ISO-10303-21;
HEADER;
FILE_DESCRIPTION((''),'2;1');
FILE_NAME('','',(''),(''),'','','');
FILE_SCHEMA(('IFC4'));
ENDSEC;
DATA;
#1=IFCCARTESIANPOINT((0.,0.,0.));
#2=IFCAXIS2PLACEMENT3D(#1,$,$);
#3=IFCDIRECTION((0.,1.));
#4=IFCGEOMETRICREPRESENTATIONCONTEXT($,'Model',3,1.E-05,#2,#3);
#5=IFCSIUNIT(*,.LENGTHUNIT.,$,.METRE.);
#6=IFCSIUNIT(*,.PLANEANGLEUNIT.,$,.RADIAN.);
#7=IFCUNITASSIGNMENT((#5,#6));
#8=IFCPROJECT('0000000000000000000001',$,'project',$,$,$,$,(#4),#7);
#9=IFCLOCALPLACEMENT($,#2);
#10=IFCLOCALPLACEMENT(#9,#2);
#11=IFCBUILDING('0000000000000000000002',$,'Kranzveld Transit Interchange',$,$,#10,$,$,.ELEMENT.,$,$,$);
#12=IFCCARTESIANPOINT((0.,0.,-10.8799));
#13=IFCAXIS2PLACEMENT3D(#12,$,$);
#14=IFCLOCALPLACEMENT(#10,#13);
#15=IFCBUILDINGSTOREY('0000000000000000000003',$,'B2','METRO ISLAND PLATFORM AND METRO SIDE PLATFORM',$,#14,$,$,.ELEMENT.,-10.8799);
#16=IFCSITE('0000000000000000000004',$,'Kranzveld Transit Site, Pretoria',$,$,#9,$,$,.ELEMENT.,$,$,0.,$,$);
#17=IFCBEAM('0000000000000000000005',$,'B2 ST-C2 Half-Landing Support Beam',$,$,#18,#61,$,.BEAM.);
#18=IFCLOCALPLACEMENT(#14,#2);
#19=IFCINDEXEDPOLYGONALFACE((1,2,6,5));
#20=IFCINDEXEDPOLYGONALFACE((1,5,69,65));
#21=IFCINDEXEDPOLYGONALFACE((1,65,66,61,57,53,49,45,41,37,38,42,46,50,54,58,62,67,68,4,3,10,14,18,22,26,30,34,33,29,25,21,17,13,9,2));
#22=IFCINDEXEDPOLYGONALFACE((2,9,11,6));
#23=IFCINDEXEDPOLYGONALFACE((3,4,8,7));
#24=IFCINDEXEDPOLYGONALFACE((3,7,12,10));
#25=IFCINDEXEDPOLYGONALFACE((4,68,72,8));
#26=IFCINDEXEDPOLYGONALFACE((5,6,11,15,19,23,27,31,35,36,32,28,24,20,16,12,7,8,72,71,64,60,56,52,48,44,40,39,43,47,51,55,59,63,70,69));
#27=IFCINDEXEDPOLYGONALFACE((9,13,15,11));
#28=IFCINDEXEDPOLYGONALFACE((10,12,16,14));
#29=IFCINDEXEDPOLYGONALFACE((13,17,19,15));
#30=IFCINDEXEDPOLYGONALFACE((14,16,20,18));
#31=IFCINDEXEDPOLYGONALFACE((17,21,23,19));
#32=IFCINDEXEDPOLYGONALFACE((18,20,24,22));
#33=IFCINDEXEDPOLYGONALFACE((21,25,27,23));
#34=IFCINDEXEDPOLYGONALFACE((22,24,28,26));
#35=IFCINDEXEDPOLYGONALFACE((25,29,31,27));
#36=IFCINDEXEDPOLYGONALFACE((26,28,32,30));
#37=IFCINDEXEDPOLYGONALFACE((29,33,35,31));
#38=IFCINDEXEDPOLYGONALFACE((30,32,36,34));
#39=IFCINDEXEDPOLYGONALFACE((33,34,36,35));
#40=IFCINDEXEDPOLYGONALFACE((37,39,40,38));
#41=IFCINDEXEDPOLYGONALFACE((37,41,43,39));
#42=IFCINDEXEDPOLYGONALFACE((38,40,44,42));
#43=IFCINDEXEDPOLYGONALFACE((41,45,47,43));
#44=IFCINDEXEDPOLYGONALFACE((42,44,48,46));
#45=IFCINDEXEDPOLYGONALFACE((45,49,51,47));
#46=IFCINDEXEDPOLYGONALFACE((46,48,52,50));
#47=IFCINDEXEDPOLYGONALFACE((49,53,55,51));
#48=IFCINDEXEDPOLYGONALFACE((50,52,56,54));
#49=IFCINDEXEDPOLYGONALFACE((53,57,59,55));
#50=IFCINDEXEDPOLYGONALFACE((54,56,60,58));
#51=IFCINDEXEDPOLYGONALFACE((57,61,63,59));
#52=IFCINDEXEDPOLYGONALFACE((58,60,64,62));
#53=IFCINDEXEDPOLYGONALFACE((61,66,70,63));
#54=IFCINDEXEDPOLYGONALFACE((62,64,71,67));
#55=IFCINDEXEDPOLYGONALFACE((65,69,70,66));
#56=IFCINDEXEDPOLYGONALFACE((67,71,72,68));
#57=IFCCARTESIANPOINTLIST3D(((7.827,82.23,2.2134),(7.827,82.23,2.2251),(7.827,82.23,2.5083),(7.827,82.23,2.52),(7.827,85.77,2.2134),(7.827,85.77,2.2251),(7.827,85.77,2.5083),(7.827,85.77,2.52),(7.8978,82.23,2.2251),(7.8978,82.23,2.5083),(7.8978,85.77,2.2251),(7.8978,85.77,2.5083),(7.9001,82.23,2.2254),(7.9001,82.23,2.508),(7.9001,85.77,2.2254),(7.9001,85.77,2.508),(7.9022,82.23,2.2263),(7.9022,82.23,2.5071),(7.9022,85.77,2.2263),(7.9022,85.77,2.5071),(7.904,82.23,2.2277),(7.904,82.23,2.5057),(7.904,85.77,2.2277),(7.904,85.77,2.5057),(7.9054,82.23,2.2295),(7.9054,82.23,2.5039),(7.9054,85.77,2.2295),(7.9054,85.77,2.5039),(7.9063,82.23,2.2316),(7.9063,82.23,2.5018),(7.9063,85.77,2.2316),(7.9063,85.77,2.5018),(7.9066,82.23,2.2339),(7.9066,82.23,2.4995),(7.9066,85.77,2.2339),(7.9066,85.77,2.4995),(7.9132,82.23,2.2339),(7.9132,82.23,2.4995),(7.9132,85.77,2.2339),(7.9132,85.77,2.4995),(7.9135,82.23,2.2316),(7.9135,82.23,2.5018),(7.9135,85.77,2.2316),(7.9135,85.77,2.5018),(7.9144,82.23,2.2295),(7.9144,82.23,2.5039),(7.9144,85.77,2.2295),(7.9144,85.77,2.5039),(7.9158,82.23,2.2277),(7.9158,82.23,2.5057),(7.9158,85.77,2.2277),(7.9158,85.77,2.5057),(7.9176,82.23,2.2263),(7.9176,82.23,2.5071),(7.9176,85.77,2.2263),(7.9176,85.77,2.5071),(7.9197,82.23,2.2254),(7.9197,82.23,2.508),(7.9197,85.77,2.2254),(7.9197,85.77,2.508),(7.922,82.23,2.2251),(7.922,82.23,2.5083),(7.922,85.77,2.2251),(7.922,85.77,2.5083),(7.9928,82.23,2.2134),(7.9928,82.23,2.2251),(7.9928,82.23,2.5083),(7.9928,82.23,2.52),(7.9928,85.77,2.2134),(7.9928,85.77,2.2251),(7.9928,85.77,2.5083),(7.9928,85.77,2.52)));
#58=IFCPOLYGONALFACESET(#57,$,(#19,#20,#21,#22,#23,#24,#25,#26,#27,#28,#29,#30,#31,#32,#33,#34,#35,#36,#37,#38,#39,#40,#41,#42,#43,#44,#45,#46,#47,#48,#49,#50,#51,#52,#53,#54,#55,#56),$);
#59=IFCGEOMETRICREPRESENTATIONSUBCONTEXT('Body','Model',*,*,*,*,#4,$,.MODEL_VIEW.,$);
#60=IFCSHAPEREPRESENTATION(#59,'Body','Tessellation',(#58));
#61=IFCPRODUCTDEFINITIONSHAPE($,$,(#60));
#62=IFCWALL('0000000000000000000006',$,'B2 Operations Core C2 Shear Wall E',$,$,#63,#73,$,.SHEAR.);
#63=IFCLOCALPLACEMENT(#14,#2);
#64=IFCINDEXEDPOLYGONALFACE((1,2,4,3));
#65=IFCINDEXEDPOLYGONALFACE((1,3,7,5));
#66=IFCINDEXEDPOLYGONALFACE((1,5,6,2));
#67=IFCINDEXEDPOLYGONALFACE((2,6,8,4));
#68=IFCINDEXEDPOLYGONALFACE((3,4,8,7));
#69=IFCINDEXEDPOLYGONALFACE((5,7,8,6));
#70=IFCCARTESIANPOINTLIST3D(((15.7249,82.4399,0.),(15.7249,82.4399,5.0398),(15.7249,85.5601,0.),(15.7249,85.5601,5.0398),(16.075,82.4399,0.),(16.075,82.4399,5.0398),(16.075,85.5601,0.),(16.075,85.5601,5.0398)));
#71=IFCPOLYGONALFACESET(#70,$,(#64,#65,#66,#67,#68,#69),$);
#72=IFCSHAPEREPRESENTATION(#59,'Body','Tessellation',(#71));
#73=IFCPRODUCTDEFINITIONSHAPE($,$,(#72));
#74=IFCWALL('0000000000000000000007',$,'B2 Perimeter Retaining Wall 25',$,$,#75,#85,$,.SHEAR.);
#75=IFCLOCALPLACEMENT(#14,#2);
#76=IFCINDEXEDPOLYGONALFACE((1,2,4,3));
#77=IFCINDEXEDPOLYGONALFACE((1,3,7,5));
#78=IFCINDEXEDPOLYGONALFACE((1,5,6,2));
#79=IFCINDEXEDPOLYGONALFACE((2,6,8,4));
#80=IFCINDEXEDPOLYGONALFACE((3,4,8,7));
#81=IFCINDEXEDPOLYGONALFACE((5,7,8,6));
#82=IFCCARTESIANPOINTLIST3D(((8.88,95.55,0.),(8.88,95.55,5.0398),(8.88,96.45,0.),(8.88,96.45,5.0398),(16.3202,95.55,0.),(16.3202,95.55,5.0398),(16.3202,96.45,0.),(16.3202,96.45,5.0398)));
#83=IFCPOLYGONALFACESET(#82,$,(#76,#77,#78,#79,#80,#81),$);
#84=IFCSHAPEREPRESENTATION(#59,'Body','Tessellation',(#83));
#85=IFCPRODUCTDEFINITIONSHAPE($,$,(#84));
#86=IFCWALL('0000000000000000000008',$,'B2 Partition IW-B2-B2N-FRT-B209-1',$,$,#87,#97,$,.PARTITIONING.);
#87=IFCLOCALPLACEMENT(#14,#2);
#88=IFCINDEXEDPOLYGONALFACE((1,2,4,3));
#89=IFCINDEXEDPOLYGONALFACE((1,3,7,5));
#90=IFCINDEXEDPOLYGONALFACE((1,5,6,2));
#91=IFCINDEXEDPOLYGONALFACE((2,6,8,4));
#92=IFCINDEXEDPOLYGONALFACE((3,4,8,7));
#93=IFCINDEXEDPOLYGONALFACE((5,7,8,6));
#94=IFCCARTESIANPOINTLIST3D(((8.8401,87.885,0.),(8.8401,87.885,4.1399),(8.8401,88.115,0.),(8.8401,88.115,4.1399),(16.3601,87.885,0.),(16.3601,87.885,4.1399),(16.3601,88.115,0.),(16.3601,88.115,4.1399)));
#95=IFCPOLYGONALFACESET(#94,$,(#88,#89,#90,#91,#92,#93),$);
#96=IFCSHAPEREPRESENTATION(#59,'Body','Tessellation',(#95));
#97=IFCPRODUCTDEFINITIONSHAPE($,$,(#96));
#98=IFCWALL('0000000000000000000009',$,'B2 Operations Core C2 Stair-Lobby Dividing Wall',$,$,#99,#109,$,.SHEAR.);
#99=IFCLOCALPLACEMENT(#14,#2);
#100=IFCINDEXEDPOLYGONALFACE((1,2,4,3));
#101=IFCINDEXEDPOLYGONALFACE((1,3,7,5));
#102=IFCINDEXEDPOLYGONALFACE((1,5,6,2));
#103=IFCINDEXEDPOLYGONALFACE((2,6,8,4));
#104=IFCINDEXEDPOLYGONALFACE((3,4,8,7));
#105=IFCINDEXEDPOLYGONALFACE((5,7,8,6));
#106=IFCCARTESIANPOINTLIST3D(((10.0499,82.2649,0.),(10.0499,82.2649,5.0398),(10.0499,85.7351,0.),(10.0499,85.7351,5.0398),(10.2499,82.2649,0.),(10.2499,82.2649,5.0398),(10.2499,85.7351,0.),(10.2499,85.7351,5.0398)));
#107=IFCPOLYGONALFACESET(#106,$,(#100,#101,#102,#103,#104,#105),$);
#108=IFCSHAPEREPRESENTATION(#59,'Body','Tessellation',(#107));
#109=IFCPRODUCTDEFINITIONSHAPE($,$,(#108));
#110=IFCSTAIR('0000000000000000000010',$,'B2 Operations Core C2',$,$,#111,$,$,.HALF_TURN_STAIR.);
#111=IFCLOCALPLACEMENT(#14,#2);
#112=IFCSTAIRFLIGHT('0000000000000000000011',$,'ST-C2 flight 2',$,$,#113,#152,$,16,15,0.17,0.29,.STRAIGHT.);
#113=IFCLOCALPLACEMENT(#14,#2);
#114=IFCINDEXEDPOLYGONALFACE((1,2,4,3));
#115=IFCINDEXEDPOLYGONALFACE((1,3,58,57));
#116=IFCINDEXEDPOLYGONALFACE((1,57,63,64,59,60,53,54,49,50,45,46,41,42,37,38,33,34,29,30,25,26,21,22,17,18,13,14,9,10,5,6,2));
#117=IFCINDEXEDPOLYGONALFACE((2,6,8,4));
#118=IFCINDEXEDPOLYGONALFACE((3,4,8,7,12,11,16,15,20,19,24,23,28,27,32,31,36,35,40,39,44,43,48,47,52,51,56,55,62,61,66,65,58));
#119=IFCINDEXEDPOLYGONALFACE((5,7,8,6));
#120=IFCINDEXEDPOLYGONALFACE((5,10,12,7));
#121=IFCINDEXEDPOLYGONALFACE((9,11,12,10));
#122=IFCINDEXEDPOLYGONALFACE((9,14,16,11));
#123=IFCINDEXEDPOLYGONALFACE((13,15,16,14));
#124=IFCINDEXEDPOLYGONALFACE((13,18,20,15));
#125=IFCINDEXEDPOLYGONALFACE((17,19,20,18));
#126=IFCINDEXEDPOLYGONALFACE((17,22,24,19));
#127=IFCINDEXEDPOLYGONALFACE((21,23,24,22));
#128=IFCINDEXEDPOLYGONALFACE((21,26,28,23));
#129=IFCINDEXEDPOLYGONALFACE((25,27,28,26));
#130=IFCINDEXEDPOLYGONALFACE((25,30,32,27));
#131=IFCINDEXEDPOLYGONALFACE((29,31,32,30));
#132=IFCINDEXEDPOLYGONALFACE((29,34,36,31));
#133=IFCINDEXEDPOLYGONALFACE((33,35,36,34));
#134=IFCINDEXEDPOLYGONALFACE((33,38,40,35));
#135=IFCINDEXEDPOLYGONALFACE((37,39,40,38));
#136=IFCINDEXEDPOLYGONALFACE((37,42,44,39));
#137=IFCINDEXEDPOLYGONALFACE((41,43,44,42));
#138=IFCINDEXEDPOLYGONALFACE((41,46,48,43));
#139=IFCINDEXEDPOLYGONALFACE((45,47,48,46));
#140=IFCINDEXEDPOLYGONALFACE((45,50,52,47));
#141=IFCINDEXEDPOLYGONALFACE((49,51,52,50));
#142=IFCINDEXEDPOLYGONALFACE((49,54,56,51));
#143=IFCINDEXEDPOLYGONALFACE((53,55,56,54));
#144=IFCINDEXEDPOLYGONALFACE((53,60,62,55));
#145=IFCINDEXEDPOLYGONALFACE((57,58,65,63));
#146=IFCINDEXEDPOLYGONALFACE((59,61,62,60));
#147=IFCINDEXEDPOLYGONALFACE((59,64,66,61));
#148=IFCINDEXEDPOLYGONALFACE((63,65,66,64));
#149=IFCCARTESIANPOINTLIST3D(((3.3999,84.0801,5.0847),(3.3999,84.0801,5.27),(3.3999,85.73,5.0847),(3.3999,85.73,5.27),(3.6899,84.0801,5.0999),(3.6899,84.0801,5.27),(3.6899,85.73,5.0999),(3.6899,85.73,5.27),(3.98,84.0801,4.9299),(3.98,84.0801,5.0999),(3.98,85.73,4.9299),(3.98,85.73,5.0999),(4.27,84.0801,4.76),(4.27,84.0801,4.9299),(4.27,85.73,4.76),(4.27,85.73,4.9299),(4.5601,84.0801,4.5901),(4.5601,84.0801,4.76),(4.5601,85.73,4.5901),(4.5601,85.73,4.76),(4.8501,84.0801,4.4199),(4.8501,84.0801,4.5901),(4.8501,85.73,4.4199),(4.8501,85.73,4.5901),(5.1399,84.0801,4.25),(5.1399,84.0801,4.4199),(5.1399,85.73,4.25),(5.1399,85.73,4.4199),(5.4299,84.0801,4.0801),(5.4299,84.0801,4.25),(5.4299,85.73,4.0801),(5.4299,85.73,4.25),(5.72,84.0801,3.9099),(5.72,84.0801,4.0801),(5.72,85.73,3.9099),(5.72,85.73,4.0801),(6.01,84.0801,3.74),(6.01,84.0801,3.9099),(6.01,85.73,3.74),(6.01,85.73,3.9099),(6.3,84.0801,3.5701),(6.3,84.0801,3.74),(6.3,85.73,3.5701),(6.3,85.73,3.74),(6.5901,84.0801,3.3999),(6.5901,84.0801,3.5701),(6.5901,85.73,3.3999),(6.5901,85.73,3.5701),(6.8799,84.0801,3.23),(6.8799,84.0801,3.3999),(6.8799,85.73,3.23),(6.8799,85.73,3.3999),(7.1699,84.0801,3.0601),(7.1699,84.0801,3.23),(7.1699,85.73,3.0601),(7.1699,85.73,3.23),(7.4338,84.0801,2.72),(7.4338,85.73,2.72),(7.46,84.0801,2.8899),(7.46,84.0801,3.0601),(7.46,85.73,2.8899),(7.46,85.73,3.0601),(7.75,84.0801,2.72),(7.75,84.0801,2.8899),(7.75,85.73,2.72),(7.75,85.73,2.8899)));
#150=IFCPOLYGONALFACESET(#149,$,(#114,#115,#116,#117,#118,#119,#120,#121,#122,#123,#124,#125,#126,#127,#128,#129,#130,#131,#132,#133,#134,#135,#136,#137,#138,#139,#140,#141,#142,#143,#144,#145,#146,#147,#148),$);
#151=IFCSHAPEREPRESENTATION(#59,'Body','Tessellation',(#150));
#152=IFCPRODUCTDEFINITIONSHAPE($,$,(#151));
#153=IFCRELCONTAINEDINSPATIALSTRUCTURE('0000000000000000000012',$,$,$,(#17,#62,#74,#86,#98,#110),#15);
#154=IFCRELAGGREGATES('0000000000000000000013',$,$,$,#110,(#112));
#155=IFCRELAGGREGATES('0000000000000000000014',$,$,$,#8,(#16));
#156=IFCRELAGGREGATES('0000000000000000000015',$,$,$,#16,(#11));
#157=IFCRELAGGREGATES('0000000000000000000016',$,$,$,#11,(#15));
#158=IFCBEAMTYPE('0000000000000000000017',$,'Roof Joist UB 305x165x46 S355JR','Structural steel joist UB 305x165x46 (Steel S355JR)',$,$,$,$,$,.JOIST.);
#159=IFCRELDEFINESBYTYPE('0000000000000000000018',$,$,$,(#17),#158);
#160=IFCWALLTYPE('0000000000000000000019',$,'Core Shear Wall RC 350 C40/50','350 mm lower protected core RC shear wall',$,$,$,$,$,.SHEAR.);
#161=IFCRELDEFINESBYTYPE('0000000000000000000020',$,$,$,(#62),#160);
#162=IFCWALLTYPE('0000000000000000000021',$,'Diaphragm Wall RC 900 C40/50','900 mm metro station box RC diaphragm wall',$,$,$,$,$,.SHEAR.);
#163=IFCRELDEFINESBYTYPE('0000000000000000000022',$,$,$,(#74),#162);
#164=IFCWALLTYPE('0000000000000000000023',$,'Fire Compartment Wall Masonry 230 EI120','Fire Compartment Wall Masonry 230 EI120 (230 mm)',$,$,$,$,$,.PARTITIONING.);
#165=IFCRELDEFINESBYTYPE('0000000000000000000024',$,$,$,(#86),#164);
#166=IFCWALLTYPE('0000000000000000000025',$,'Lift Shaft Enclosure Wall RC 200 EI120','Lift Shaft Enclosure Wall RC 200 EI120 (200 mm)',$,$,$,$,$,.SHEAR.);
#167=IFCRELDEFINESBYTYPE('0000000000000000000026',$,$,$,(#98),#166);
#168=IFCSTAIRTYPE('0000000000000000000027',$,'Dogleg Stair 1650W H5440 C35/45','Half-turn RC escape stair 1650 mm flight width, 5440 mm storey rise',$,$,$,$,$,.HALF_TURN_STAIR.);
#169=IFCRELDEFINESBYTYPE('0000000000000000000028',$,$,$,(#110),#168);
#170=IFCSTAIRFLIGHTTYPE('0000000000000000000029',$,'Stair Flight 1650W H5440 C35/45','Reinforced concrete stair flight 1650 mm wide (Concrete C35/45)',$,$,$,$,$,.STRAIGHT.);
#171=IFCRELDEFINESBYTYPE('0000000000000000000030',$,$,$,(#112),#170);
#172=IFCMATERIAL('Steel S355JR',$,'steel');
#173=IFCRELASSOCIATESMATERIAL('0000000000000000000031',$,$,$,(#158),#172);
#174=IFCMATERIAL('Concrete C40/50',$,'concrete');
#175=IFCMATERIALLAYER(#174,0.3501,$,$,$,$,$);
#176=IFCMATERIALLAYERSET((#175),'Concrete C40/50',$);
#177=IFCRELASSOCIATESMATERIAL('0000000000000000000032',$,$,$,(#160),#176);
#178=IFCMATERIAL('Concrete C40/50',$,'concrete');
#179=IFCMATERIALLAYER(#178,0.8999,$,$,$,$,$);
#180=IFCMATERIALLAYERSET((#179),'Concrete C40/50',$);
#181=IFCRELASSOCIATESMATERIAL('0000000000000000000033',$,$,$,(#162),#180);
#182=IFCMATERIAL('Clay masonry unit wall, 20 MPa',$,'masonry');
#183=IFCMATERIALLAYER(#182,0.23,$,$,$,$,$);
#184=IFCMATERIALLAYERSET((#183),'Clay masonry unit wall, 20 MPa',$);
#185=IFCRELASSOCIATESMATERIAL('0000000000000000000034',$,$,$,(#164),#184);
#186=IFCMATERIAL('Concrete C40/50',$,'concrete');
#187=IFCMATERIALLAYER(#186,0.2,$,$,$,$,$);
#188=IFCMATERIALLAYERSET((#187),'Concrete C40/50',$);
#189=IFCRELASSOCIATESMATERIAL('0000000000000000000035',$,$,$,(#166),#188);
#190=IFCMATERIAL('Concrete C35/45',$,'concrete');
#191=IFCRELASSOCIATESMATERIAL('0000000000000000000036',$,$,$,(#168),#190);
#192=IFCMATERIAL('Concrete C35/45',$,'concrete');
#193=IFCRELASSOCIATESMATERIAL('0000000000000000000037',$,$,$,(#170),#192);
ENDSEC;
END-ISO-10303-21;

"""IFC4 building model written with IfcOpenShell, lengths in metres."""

from ifc_helpers import new_model, si_unit, direction, frame, frame_2d, origin, origin_2d, place, context, subcontext, project, spatial, polyline, rectangle, i_section, outline, extrude, material, layer, layer_set, material_profile, profile_set, type_object, element, aggregate, save


model = new_model("IFC4")

# Units and contexts
model_context = context("Model", 3, precision=1e-05, world=origin(), true_north=direction((0.0, 1.0)))
body_context = subcontext(model_context, "Body", "Model", "MODEL_VIEW")
ifc_project = project(units=[si_unit("LENGTHUNIT", "METRE"), si_unit("PLANEANGLEUNIT", "RADIAN")], contexts=[model_context])

# Site, building, storey
site_placement = place(None, origin())
site = spatial("IfcSite", under=ifc_project, at=site_placement, Name="Kranzveld Transit Site, Pretoria", CompositionType="ELEMENT", RefElevation=0.0)
building_placement = place(site_placement, origin())
building = spatial("IfcBuilding", under=site, at=building_placement, Name="Kranzveld Transit Interchange", CompositionType="ELEMENT")
storey_placement = place(building_placement, frame((0.0, 0.0, -10.8799)))
storey = spatial("IfcBuildingStorey", under=building, at=storey_placement, Name="B2", Description="METRO ISLAND PLATFORM AND METRO SIDE PLATFORM", CompositionType="ELEMENT", Elevation=-10.8799)

# Beam
ifc_material_1 = material(Name="Steel S355JR", Category="steel")
ifc_material_profile_1 = material_profile(ifc_material_1, i_section(OverallWidth=0.1658, OverallDepth=0.3066, WebThickness=0.0066, FlangeThickness=0.0117, FilletRadius=0.0088, at=origin_2d()), Name="UB 305x165x46")
ifc_profile_set_1 = profile_set([ifc_material_profile_1], Name="Steel S355JR")
beam_type_1 = type_object("IfcBeamType", Name="Roof Joist UB 305x165x46 S355JR", Description="Structural steel joist UB 305x165x46 (Steel S355JR)", PredefinedType="JOIST", material=ifc_profile_set_1)
beam_1_placement = place(storey_placement, frame((7.9099, 82.23, 2.3667), z_axis=(0.0, 1.0, 0.0), x_axis=(-1.0, 0.0, 0.0)))
element("IfcBeam", 1, at=beam_1_placement, inside=storey, type_object=beam_type_1, Name="B2 ST-C2 Half-Landing Support Beam", PredefinedType="BEAM", context=body_context, shape_type="SweptSolid", body=[
    extrude(i_section(OverallWidth=0.1658, OverallDepth=0.3066, WebThickness=0.0066, FlangeThickness=0.0117, FilletRadius=0.0088, at=origin_2d()), origin(), (0.0, 0.0, 1.0), 3.54),
])

# Walls
ifc_material_2 = material(Name="Concrete C40/50", Category="concrete")
ifc_layer_1 = layer(ifc_material_2, 0.3501)
ifc_layer_set_1 = layer_set([ifc_layer_1], Name="Concrete C40/50")
wall_type_1 = type_object("IfcWallType", Name="Core Shear Wall RC 350 C40/50", Description="350 mm lower protected core RC shear wall", PredefinedType="SHEAR", material=ifc_layer_set_1)
wall_1_placement = place(storey_placement, frame((15.8999, 82.4399, 0.0), z_axis=(0.0, 0.0, 1.0), x_axis=(0.0, 1.0, 0.0)))
element("IfcWall", 2, at=wall_1_placement, inside=storey, type_object=wall_type_1, Name="B2 Operations Core C2 Shear Wall E", PredefinedType="SHEAR", context=body_context, shape_type="SweptSolid", body=[
    extrude(rectangle(XDim=3.1201, YDim=0.3501, at=frame_2d((1.5601, 0.0))), origin(), (0.0, 0.0, 1.0), 5.0398),
])
ifc_material_3 = material(Name="Concrete C40/50", Category="concrete")
ifc_layer_2 = layer(ifc_material_3, 0.8999)
ifc_layer_set_2 = layer_set([ifc_layer_2], Name="Concrete C40/50")
wall_type_2 = type_object("IfcWallType", Name="Diaphragm Wall RC 900 C40/50", Description="900 mm metro station box RC diaphragm wall", PredefinedType="SHEAR", material=ifc_layer_set_2)
wall_2_placement = place(storey_placement, frame((8.8799, 96.0, 0.0), z_axis=(0.0, 0.0, 1.0), x_axis=(1.0, 0.0, 0.0)))
element("IfcWall", 3, at=wall_2_placement, inside=storey, type_object=wall_type_2, Name="B2 Perimeter Retaining Wall 25", PredefinedType="SHEAR", context=body_context, shape_type="SweptSolid", body=[
    extrude(rectangle(XDim=7.4402, YDim=0.8999, at=frame_2d((3.7202, 0.0))), origin(), (0.0, 0.0, 1.0), 5.0398),
])
ifc_material_4 = material(Name="Clay masonry unit wall, 20 MPa", Category="masonry")
ifc_layer_3 = layer(ifc_material_4, 0.23)
ifc_layer_set_3 = layer_set([ifc_layer_3], Name="Clay masonry unit wall, 20 MPa")
wall_type_3 = type_object("IfcWallType", Name="Fire Compartment Wall Masonry 230 EI120", Description="Fire Compartment Wall Masonry 230 EI120 (230 mm)", PredefinedType="PARTITIONING", material=ifc_layer_set_3)
wall_3_placement = place(storey_placement, frame((8.8401, 88.0, 0.0), z_axis=(0.0, 0.0, 1.0), x_axis=(1.0, 0.0, 0.0)))
element("IfcWall", 4, at=wall_3_placement, inside=storey, type_object=wall_type_3, Name="B2 Partition IW-B2-B2N-FRT-B209-1", PredefinedType="PARTITIONING", context=body_context, shape_type="SweptSolid", body=[
    extrude(rectangle(XDim=7.52, YDim=0.23, at=frame_2d((3.76, 0.0))), origin(), (0.0, 0.0, 1.0), 4.1399),
])
ifc_material_5 = material(Name="Concrete C40/50", Category="concrete")
ifc_layer_4 = layer(ifc_material_5, 0.2)
ifc_layer_set_4 = layer_set([ifc_layer_4], Name="Concrete C40/50")
wall_type_4 = type_object("IfcWallType", Name="Lift Shaft Enclosure Wall RC 200 EI120", Description="Lift Shaft Enclosure Wall RC 200 EI120 (200 mm)", PredefinedType="SHEAR", material=ifc_layer_set_4)
wall_4_placement = place(storey_placement, frame((10.1499, 82.2649, 0.0), z_axis=(0.0, 0.0, 1.0), x_axis=(0.0, 1.0, 0.0)))
element("IfcWall", 5, at=wall_4_placement, inside=storey, type_object=wall_type_4, Name="B2 Operations Core C2 Stair-Lobby Dividing Wall", PredefinedType="SHEAR", context=body_context, shape_type="SweptSolid", body=[
    extrude(rectangle(XDim=3.4702, YDim=0.2, at=frame_2d((1.7351, 0.0))), origin(), (0.0, 0.0, 1.0), 5.0398),
])

# Stair, stair flight
ifc_material_6 = material(Name="Concrete C35/45", Category="concrete")
stair_type = type_object("IfcStairType", Name="Dogleg Stair 1650W H5440 C35/45", Description="Half-turn RC escape stair 1650 mm flight width, 5440 mm storey rise", PredefinedType="HALF_TURN_STAIR", material=ifc_material_6)
stair_placement = place(storey_placement, origin())
stair = element("IfcStair", 6, at=stair_placement, inside=storey, type_object=stair_type, Name="B2 Operations Core C2", PredefinedType="HALF_TURN_STAIR")
ifc_material_7 = material(Name="Concrete C35/45", Category="concrete")
stair_flight_type = type_object("IfcStairFlightType", Name="Stair Flight 1650W H5440 C35/45", Description="Reinforced concrete stair flight 1650 mm wide (Concrete C35/45)", PredefinedType="STRAIGHT", material=ifc_material_7)
stair_flight_placement = place(storey_placement, frame((7.75, 84.905, 2.72), z_axis=(0.0, 0.0, 1.0), x_axis=(-1.0, 0.0, 0.0)))
stair_flight = element("IfcStairFlight", 7, at=stair_flight_placement, type_object=stair_flight_type, Name="ST-C2 flight 2", NumberOfRisers=16, NumberOfTreads=15, PredefinedType="STRAIGHT", RiserHeight=0.17, TreadLength=0.29, context=body_context, shape_type="SweptSolid", body=[
    extrude(outline(polyline([(0.0, 0.0), (0.0, 0.1699), (0.29, 0.1699), (0.29, 0.3401), (0.5801, 0.3401), (0.5801, 0.51), (0.8701, 0.51), (0.8701, 0.6799), (1.1599, 0.6799), (1.1599, 0.8501), (1.45, 0.8501), (1.45, 1.02), (1.74, 1.02), (1.74, 1.1899), (2.03, 1.1899), (2.03, 1.3601), (2.3201, 1.3601), (2.3201, 1.53), (2.6101, 1.53), (2.6101, 1.7), (2.8999, 1.7), (2.8999, 1.8701), (3.1899, 1.8701), (3.1899, 2.04), (3.48, 2.04), (3.48, 2.21), (3.77, 2.21), (3.77, 2.3799), (4.0601, 2.3799), (4.0601, 2.55), (4.3501, 2.55), (4.3501, 2.72), (4.3501, 2.3647), (0.3162, 0.0), (0.0, 0.0)])), frame((0.0, 0.825, 0.0), z_axis=(0.0, -1.0, 0.0), x_axis=(1.0, 0.0, 0.0)), (0.0, 0.0, 1.0), 1.6499),
])
aggregate(stair, [stair_flight])

save(model, "model.ifc")
